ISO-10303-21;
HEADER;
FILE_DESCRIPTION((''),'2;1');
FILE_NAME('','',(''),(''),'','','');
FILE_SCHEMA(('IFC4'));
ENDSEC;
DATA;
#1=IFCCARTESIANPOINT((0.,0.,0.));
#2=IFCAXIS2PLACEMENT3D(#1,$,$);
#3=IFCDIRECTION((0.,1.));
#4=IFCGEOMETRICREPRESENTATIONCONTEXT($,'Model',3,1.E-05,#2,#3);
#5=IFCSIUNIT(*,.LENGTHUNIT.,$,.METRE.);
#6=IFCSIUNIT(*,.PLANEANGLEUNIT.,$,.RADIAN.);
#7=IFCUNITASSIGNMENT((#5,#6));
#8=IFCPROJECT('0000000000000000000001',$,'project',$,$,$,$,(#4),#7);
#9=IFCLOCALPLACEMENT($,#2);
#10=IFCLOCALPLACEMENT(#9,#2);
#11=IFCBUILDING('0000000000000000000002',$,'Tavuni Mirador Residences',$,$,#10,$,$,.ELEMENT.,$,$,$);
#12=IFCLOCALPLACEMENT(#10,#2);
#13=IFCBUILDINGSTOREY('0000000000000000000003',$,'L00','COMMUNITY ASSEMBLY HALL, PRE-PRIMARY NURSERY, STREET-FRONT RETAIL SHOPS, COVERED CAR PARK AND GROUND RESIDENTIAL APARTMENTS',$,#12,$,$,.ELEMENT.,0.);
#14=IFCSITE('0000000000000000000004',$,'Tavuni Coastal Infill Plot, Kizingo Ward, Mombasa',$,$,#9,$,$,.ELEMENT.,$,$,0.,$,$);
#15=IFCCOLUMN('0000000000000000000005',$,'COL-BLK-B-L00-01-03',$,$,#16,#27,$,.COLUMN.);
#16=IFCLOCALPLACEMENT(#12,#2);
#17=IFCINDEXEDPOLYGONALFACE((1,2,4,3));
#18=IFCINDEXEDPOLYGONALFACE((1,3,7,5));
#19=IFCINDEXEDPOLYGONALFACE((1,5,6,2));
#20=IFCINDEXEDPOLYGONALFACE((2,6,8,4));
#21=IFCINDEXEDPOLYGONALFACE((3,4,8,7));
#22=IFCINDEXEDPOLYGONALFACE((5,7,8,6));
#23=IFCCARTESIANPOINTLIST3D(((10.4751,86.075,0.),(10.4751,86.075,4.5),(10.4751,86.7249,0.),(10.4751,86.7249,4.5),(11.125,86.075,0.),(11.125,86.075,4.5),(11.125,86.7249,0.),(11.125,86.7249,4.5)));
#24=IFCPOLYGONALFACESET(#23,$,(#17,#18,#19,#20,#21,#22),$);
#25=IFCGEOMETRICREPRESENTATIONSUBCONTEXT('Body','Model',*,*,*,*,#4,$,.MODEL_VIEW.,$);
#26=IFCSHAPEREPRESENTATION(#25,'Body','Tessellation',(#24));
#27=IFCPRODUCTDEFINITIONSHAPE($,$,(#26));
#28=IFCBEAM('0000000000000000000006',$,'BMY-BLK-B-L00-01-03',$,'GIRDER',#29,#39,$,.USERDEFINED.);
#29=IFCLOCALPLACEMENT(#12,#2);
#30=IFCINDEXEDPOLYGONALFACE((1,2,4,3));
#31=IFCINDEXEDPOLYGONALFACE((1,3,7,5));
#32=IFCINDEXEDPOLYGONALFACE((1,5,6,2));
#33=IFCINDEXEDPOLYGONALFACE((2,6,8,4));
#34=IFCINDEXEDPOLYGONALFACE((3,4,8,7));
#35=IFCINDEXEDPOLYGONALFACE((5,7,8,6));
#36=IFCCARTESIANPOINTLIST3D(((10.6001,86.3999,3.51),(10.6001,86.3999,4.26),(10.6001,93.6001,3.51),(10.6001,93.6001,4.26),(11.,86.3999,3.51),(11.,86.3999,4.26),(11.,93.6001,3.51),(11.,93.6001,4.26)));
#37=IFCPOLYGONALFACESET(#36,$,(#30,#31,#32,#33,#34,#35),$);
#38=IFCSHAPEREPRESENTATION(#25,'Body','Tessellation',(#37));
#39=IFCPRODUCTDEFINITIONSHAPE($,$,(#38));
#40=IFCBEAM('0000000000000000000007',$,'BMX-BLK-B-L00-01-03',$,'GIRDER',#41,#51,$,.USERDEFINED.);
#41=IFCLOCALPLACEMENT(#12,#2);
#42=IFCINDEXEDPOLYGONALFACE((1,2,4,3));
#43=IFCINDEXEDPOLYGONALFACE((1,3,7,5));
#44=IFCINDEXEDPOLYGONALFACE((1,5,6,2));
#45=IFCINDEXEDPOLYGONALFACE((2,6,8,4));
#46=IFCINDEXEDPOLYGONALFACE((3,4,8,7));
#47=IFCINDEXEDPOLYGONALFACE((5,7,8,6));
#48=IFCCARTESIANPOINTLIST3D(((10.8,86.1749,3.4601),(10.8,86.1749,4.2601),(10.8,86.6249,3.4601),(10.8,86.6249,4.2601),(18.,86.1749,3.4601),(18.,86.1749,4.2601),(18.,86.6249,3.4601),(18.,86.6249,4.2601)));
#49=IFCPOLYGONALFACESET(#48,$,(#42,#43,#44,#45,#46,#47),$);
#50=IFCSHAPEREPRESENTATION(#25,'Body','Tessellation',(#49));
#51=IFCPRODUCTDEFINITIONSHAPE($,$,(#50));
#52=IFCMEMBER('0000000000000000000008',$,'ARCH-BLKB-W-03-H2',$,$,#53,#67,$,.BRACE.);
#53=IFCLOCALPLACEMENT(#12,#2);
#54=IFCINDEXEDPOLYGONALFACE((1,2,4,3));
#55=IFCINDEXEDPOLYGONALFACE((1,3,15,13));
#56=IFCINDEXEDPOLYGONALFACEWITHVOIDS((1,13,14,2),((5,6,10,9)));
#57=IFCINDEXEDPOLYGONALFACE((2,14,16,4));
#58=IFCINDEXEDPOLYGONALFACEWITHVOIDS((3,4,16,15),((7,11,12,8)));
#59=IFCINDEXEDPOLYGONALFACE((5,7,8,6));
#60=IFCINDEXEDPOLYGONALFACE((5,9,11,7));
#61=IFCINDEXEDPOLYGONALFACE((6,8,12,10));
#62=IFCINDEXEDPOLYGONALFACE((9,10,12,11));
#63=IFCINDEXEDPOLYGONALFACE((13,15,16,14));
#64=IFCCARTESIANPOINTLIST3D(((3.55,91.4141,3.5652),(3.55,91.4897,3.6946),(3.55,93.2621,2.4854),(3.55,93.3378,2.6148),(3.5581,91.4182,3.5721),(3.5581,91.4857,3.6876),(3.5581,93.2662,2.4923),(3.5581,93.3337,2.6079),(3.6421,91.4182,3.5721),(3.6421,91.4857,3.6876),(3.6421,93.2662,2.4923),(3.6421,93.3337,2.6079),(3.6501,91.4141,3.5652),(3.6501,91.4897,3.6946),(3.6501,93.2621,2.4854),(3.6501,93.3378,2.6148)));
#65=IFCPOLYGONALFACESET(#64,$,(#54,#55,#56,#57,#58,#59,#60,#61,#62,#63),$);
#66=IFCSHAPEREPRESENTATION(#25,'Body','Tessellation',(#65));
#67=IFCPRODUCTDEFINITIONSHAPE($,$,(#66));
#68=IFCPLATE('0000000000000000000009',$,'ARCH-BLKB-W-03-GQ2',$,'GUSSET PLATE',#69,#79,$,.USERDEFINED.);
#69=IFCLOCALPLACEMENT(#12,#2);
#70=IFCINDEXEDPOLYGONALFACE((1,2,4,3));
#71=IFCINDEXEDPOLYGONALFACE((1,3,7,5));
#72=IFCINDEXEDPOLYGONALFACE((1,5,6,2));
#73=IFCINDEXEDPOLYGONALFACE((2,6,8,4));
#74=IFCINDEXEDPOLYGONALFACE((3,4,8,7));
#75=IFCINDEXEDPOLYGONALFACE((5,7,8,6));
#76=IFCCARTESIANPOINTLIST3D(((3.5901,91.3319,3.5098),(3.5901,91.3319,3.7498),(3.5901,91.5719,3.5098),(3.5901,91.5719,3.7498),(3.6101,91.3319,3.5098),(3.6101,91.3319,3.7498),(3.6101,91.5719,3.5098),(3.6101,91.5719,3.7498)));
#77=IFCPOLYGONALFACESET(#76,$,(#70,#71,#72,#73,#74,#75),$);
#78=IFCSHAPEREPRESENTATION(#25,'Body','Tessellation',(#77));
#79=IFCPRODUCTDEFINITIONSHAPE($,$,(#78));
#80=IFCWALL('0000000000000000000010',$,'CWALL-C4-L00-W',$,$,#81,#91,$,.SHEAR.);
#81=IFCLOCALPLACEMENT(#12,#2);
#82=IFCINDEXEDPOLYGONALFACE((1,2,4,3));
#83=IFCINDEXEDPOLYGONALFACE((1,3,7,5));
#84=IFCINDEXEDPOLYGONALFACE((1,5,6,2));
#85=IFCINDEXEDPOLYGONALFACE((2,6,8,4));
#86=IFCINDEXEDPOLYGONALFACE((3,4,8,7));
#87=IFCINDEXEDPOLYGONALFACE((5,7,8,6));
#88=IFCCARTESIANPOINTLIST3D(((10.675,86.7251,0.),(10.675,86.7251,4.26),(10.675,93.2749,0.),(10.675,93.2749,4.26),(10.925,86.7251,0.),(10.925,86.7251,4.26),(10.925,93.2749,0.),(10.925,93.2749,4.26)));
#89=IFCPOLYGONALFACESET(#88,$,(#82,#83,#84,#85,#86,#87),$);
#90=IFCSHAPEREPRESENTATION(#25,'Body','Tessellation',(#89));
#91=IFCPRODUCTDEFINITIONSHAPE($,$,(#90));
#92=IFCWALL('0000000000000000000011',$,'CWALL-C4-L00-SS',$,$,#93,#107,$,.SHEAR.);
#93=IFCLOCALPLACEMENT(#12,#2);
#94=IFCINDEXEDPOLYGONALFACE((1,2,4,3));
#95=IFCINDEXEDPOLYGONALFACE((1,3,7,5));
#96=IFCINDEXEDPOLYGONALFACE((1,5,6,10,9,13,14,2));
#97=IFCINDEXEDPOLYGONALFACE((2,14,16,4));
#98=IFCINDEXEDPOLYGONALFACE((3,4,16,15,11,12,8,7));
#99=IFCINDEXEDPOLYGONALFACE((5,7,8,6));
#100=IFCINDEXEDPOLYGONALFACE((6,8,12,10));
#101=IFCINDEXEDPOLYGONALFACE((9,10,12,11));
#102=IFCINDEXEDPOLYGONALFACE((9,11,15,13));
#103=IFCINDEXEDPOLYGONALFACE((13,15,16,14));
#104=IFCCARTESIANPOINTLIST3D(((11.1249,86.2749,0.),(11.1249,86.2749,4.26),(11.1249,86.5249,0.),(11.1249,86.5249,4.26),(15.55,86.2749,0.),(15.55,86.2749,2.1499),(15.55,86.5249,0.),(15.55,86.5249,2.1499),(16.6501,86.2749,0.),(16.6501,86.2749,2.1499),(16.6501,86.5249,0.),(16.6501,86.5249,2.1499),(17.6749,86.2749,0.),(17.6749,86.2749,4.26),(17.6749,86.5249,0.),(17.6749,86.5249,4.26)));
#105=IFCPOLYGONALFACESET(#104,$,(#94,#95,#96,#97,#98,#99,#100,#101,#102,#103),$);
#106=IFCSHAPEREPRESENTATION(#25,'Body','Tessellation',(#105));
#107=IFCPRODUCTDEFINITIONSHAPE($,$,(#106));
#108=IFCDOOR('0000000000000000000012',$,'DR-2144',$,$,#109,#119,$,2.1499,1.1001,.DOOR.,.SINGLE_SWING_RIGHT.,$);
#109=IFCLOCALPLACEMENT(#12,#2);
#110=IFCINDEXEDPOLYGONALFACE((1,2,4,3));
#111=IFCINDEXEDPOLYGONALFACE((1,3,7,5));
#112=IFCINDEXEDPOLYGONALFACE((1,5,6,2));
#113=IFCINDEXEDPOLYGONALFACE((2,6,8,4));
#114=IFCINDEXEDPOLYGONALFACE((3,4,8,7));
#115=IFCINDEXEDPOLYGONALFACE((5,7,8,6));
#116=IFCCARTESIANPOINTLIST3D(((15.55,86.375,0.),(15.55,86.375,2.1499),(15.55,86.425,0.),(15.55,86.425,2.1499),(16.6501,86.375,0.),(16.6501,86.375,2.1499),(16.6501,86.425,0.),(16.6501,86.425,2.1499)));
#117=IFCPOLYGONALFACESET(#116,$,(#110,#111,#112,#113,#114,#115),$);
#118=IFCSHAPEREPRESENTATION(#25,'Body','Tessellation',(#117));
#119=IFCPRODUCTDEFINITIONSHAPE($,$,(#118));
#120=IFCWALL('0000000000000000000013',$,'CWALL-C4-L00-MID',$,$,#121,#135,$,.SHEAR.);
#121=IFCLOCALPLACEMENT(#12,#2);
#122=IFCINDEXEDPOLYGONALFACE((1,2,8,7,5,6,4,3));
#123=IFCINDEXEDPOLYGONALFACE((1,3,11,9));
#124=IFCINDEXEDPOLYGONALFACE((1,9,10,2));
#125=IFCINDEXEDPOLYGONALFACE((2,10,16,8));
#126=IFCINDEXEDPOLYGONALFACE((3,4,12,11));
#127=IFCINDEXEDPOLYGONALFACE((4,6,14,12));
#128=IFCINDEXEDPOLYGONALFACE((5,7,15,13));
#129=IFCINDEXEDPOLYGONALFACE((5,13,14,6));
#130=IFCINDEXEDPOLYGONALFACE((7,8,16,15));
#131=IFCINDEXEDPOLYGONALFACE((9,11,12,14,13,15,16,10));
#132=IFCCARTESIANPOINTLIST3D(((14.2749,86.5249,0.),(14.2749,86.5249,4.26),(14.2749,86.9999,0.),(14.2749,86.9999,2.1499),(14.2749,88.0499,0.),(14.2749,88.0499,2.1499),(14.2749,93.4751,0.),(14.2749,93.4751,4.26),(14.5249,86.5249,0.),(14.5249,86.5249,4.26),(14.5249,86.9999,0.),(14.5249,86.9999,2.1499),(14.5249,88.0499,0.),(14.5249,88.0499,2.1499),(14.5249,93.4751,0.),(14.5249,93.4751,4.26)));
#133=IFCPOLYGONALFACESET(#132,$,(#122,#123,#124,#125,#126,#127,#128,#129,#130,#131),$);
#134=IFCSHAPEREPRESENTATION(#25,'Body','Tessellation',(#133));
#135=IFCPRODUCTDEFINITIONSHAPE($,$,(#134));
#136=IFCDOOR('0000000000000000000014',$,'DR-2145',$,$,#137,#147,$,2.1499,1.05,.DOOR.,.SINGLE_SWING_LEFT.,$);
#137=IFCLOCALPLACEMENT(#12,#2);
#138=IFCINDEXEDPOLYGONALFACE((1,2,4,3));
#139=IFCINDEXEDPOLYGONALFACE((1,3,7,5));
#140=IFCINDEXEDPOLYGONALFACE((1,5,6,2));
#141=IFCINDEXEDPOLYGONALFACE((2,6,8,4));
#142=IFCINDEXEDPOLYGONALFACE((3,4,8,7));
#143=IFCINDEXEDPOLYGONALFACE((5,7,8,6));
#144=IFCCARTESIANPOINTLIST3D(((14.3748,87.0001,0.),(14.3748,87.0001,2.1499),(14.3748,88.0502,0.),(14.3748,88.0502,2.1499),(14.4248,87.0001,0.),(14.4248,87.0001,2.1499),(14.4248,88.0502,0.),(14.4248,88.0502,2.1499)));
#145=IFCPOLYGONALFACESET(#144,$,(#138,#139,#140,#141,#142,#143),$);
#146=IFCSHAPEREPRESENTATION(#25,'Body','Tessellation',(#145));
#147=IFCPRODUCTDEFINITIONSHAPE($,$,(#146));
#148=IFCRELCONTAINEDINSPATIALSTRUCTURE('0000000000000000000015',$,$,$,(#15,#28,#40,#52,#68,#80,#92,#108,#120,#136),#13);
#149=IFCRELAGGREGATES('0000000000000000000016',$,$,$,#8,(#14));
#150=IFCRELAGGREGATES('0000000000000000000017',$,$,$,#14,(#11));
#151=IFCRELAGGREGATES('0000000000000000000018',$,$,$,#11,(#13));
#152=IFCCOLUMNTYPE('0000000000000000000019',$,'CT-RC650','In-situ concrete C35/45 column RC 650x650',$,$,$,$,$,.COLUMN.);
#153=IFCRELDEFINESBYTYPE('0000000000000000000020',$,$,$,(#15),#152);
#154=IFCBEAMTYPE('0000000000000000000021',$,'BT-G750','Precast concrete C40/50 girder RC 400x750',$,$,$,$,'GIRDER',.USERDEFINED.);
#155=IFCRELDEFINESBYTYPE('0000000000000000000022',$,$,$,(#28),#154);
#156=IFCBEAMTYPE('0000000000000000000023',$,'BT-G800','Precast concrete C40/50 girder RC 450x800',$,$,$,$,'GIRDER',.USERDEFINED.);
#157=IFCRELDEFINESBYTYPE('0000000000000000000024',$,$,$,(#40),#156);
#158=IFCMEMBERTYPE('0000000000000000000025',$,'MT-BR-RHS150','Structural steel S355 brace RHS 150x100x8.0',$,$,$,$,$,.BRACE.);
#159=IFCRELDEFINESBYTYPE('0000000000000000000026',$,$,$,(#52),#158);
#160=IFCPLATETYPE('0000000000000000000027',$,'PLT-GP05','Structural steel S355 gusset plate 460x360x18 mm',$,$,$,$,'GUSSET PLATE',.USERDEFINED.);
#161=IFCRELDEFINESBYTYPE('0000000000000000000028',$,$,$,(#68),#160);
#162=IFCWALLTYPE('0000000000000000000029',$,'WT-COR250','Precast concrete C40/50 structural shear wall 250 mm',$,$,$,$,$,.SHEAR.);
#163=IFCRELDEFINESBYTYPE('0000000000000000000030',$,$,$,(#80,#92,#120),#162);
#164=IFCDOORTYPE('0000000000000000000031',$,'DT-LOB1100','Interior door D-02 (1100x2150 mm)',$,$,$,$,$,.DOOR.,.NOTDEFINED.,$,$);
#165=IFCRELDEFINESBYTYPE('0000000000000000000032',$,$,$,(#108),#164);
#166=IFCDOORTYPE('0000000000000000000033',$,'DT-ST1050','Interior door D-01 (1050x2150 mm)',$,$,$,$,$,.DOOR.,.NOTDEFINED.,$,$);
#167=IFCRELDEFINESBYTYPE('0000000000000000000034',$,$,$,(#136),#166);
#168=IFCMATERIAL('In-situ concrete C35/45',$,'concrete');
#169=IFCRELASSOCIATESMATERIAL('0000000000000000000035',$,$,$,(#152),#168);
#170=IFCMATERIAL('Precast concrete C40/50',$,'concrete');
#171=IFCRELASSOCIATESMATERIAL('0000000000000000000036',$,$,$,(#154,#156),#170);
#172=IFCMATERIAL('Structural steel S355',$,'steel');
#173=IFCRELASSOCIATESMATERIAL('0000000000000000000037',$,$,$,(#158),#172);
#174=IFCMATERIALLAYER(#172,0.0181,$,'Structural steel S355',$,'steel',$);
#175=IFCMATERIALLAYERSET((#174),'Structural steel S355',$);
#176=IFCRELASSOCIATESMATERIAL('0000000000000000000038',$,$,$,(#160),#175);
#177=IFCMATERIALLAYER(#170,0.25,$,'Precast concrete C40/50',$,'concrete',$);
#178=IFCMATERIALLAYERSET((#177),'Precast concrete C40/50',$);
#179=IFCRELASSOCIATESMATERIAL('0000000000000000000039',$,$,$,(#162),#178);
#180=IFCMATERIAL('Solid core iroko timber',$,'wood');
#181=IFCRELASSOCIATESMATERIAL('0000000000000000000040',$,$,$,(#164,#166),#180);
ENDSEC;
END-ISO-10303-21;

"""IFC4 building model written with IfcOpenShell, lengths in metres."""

from ifc_helpers import new_model, si_unit, direction, frame, frame_2d, origin, origin_2d, place, context, subcontext, project, spatial, rectangle, hollow_rectangle, extrude, material, layer, layer_set, material_profile, profile_set, type_object, element, fill, save


model = new_model("IFC4")

# Units and contexts
model_context = context("Model", 3, precision=1e-05, world=origin(), true_north=direction((0.0, 1.0)))
body_context = subcontext(model_context, "Body", "Model", "MODEL_VIEW")
ifc_project = project(units=[si_unit("LENGTHUNIT", "METRE"), si_unit("PLANEANGLEUNIT", "RADIAN")], contexts=[model_context])

# Site, building, storey
site_placement = place(None, origin())
site = spatial("IfcSite", under=ifc_project, at=site_placement, Name="Tavuni Coastal Infill Plot, Kizingo Ward, Mombasa", CompositionType="ELEMENT", RefElevation=0.0)
building_placement = place(site_placement, origin())
building = spatial("IfcBuilding", under=site, at=building_placement, Name="Tavuni Mirador Residences", CompositionType="ELEMENT")
storey_placement = place(building_placement, origin())
storey = spatial("IfcBuildingStorey", under=building, at=storey_placement, Name="L00", Description="COMMUNITY ASSEMBLY HALL, PRE-PRIMARY NURSERY, STREET-FRONT RETAIL SHOPS, COVERED CAR PARK AND GROUND RESIDENTIAL APARTMENTS", CompositionType="ELEMENT", Elevation=0.0)

# Column
ifc_material_1 = material(Name="In-situ concrete C35/45", Category="concrete")
ifc_material_profile_1 = material_profile(ifc_material_1, rectangle(XDim=0.6499, YDim=0.6499, at=origin_2d()), Name="RC 650x650", Category="concrete")
ifc_profile_set_1 = profile_set([ifc_material_profile_1], Name="In-situ concrete C35/45")
column_type = type_object("IfcColumnType", Name="CT-RC650", Description="In-situ concrete C35/45 column RC 650x650", PredefinedType="COLUMN", material=ifc_profile_set_1)
column_placement = place(storey_placement, frame((10.8, 86.3999, 0.0), z_axis=(0.0, 0.0, 1.0), x_axis=(1.0, 0.0, 0.0)))
element("IfcColumn", 1, at=column_placement, inside=storey, type_object=column_type, Name="COL-BLK-B-L00-01-03", PredefinedType="COLUMN", context=body_context, shape_type="SweptSolid", body=[
    extrude(rectangle(XDim=0.6499, YDim=0.6499, at=origin_2d()), origin(), (0.0, 0.0, 1.0), 4.5),
])

# Beams
ifc_material_2 = material(Name="Precast concrete C40/50", Category="concrete")
ifc_material_profile_2 = material_profile(ifc_material_2, rectangle(XDim=0.3999, YDim=0.75, at=origin_2d()), Name="RC 400x750", Category="concrete")
ifc_profile_set_2 = profile_set([ifc_material_profile_2], Name="Precast concrete C40/50")
beam_type_1 = type_object("IfcBeamType", Name="BT-G750", Description="Precast concrete C40/50 girder RC 400x750", ElementType="GIRDER", PredefinedType="USERDEFINED", material=ifc_profile_set_2)
beam_1_placement = place(storey_placement, frame((10.8, 86.3999, 3.885), z_axis=(0.0, 1.0, 0.0), x_axis=(-1.0, 0.0, 0.0)))
element("IfcBeam", 2, at=beam_1_placement, inside=storey, type_object=beam_type_1, Name="BMY-BLK-B-L00-01-03", ObjectType="GIRDER", PredefinedType="USERDEFINED", context=body_context, shape_type="SweptSolid", body=[
    extrude(rectangle(XDim=0.3999, YDim=0.75, at=origin_2d()), origin(), (0.0, 0.0, 1.0), 7.2002),
])
ifc_material_profile_3 = material_profile(ifc_material_2, rectangle(XDim=0.45, YDim=0.8, at=origin_2d()), Name="RC 450x800", Category="concrete")
ifc_profile_set_3 = profile_set([ifc_material_profile_3], Name="Precast concrete C40/50")
beam_type_2 = type_object("IfcBeamType", Name="BT-G800", Description="Precast concrete C40/50 girder RC 450x800", ElementType="GIRDER", PredefinedType="USERDEFINED", material=ifc_profile_set_3)
beam_2_placement = place(storey_placement, frame((10.8, 86.3999, 3.8601), z_axis=(1.0, 0.0, 0.0), x_axis=(0.0, 1.0, 0.0)))
element("IfcBeam", 3, at=beam_2_placement, inside=storey, type_object=beam_type_2, Name="BMX-BLK-B-L00-01-03", ObjectType="GIRDER", PredefinedType="USERDEFINED", context=body_context, shape_type="SweptSolid", body=[
    extrude(rectangle(XDim=0.45, YDim=0.8, at=origin_2d()), origin(), (0.0, 0.0, 1.0), 7.2),
])

# Member
ifc_material_3 = material(Name="Structural steel S355", Category="steel")
ifc_material_profile_4 = material_profile(ifc_material_3, hollow_rectangle(XDim=0.1001, YDim=0.1499, WallThickness=0.0081, at=origin_2d()), Name="RHS 150x100x8.0", Category="steel")
ifc_profile_set_4 = profile_set([ifc_material_profile_4], Name="Structural steel S355")
member_type = type_object("IfcMemberType", Name="MT-BR-RHS150", Description="Structural steel S355 brace RHS 150x100x8.0", PredefinedType="BRACE", material=ifc_profile_set_4)
member_placement = place(storey_placement, frame((3.6001, 91.4519, 3.6299), z_axis=(0.0, 0.863423, -0.504481), x_axis=(-1.0, 0.0, 0.0)))
element("IfcMember", 4, at=member_placement, inside=storey, type_object=member_type, Name="ARCH-BLKB-W-03-H2", PredefinedType="BRACE", context=body_context, shape_type="SweptSolid", body=[
    extrude(hollow_rectangle(XDim=0.1001, YDim=0.1499, WallThickness=0.0081, at=origin_2d()), origin(), (0.0, 0.0, 1.0), 2.1404),
])

# Plate
ifc_layer_1 = layer(ifc_material_3, 0.0181, Name="Structural steel S355", Category="steel")
ifc_layer_set_1 = layer_set([ifc_layer_1], Name="Structural steel S355")
plate_type = type_object("IfcPlateType", Name="PLT-GP05", Description="Structural steel S355 gusset plate 460x360x18 mm", ElementType="GUSSET PLATE", PredefinedType="USERDEFINED", material=ifc_layer_set_1)
plate_placement = place(storey_placement, frame((3.6001, 91.4519, 3.5098), z_axis=(0.0, 0.0, 1.0), x_axis=(1.0, 0.0, 0.0)))
element("IfcPlate", 5, at=plate_placement, inside=storey, type_object=plate_type, Name="ARCH-BLKB-W-03-GQ2", ObjectType="GUSSET PLATE", PredefinedType="USERDEFINED", context=body_context, shape_type="SweptSolid", body=[
    extrude(rectangle(XDim=0.02, YDim=0.24, at=origin_2d()), origin(), (0.0, 0.0, 1.0), 0.24),
])

# Wall
ifc_layer_2 = layer(ifc_material_2, 0.25, Name="Precast concrete C40/50", Category="concrete")
ifc_layer_set_2 = layer_set([ifc_layer_2], Name="Precast concrete C40/50")
wall_type_1 = type_object("IfcWallType", Name="WT-COR250", Description="Precast concrete C40/50 structural shear wall 250 mm", PredefinedType="SHEAR", material=ifc_layer_set_2)
wall_1_placement = place(storey_placement, frame((10.8, 86.7251, 0.0), z_axis=(0.0, 0.0, 1.0), x_axis=(0.0, 1.0, 0.0)))
element("IfcWall", 6, at=wall_1_placement, inside=storey, type_object=wall_type_1, Name="CWALL-C4-L00-W", PredefinedType="SHEAR", context=body_context, shape_type="SweptSolid", body=[
    extrude(rectangle(XDim=6.5498, YDim=0.25, at=frame_2d((3.2749, 0.0))), origin(), (0.0, 0.0, 1.0), 4.26),
])

# Walls, openings, doors
wall_2_placement = place(storey_placement, frame((11.125, 86.3999, 0.0), z_axis=(0.0, 0.0, 1.0), x_axis=(1.0, 0.0, 0.0)))
wall_2 = element("IfcWall", 7, at=wall_2_placement, inside=storey, type_object=wall_type_1, Name="CWALL-C4-L00-SS", PredefinedType="SHEAR", context=body_context, shape_type="SweptSolid", body=[
    extrude(rectangle(XDim=6.55, YDim=0.25, at=frame_2d((3.2749, 0.0))), origin(), (0.0, 0.0, 1.0), 4.26),
])
opening_1_placement = place(wall_2_placement, frame((4.425, 0.0, 0.0)))
opening_1 = element("IfcOpeningElement", 8, at=opening_1_placement, cuts=wall_2, PredefinedType="OPENING", context=body_context, shape_type="SweptSolid", body=[
    extrude(rectangle(XDim=1.1001, YDim=2.1499, at=frame_2d((0.55, 1.075))), frame((0.0, 0.135, 0.0), z_axis=(0.0, -1.0, 0.0), x_axis=(1.0, 0.0, 0.0)), (0.0, 0.0, 1.0), 0.27),
])
ifc_material_4 = material(Name="Solid core iroko timber", Category="wood")
door_type_1 = type_object("IfcDoorType", Name="DT-LOB1100", Description="Interior door D-02 (1100x2150 mm)", OperationType="NOTDEFINED", PredefinedType="DOOR", material=ifc_material_4)
door_1_placement = place(opening_1_placement, frame((1.1001, 0.0, 0.0), z_axis=(0.0, 0.0, 1.0), x_axis=(-1.0, 0.0, 0.0)))
door_1 = element("IfcDoor", 9, at=door_1_placement, inside=storey, type_object=door_type_1, Name="DR-2144", OperationType="SINGLE_SWING_RIGHT", OverallHeight=2.1499, OverallWidth=1.1001, PredefinedType="DOOR", context=body_context, shape_type="SweptSolid", body=[
    extrude(rectangle(XDim=1.1001, YDim=2.1499, at=frame_2d((0.55, 1.075))), frame((0.0, 0.0249, 0.0), z_axis=(0.0, -1.0, 0.0), x_axis=(1.0, 0.0, 0.0)), (0.0, 0.0, 1.0), 0.05),
])
fill(opening_1, door_1)
wall_3_placement = place(storey_placement, frame((14.3999, 86.5249, 0.0), z_axis=(0.0, 0.0, 1.0), x_axis=(0.0, 1.0, 0.0)))
wall_3 = element("IfcWall", 10, at=wall_3_placement, inside=storey, type_object=wall_type_1, Name="CWALL-C4-L00-MID", PredefinedType="SHEAR", context=body_context, shape_type="SweptSolid", body=[
    extrude(rectangle(XDim=6.9502, YDim=0.25, at=frame_2d((3.4751, 0.0))), origin(), (0.0, 0.0, 1.0), 4.26),
])
opening_2_placement = place(wall_3_placement, frame((0.4751, 0.0, 0.0)))
opening_2 = element("IfcOpeningElement", 11, at=opening_2_placement, cuts=wall_3, PredefinedType="OPENING", context=body_context, shape_type="SweptSolid", body=[
    extrude(rectangle(XDim=1.05, YDim=2.1499, at=frame_2d((0.5249, 1.075))), frame((0.0, 0.135, 0.0), z_axis=(0.0, -1.0, 0.0), x_axis=(1.0, 0.0, 0.0)), (0.0, 0.0, 1.0), 0.27),
])
door_type_2 = type_object("IfcDoorType", Name="DT-ST1050", Description="Interior door D-01 (1050x2150 mm)", OperationType="NOTDEFINED", PredefinedType="DOOR", material=ifc_material_4)
door_2_placement = place(opening_2_placement, frame((1.05, 0.0, 0.0), z_axis=(0.0, 0.0, 1.0), x_axis=(-1.0, 0.0, 0.0)))
door_2 = element("IfcDoor", 12, at=door_2_placement, inside=storey, type_object=door_type_2, Name="DR-2145", OperationType="SINGLE_SWING_LEFT", OverallHeight=2.1499, OverallWidth=1.05, PredefinedType="DOOR", context=body_context, shape_type="SweptSolid", body=[
    extrude(rectangle(XDim=1.05, YDim=2.1499, at=frame_2d((0.5249, 1.075))), frame((0.0, 0.0249, 0.0), z_axis=(0.0, -1.0, 0.0), x_axis=(1.0, 0.0, 0.0)), (0.0, 0.0, 1.0), 0.05),
])
fill(opening_2, door_2)

save(model, "model.ifc")
